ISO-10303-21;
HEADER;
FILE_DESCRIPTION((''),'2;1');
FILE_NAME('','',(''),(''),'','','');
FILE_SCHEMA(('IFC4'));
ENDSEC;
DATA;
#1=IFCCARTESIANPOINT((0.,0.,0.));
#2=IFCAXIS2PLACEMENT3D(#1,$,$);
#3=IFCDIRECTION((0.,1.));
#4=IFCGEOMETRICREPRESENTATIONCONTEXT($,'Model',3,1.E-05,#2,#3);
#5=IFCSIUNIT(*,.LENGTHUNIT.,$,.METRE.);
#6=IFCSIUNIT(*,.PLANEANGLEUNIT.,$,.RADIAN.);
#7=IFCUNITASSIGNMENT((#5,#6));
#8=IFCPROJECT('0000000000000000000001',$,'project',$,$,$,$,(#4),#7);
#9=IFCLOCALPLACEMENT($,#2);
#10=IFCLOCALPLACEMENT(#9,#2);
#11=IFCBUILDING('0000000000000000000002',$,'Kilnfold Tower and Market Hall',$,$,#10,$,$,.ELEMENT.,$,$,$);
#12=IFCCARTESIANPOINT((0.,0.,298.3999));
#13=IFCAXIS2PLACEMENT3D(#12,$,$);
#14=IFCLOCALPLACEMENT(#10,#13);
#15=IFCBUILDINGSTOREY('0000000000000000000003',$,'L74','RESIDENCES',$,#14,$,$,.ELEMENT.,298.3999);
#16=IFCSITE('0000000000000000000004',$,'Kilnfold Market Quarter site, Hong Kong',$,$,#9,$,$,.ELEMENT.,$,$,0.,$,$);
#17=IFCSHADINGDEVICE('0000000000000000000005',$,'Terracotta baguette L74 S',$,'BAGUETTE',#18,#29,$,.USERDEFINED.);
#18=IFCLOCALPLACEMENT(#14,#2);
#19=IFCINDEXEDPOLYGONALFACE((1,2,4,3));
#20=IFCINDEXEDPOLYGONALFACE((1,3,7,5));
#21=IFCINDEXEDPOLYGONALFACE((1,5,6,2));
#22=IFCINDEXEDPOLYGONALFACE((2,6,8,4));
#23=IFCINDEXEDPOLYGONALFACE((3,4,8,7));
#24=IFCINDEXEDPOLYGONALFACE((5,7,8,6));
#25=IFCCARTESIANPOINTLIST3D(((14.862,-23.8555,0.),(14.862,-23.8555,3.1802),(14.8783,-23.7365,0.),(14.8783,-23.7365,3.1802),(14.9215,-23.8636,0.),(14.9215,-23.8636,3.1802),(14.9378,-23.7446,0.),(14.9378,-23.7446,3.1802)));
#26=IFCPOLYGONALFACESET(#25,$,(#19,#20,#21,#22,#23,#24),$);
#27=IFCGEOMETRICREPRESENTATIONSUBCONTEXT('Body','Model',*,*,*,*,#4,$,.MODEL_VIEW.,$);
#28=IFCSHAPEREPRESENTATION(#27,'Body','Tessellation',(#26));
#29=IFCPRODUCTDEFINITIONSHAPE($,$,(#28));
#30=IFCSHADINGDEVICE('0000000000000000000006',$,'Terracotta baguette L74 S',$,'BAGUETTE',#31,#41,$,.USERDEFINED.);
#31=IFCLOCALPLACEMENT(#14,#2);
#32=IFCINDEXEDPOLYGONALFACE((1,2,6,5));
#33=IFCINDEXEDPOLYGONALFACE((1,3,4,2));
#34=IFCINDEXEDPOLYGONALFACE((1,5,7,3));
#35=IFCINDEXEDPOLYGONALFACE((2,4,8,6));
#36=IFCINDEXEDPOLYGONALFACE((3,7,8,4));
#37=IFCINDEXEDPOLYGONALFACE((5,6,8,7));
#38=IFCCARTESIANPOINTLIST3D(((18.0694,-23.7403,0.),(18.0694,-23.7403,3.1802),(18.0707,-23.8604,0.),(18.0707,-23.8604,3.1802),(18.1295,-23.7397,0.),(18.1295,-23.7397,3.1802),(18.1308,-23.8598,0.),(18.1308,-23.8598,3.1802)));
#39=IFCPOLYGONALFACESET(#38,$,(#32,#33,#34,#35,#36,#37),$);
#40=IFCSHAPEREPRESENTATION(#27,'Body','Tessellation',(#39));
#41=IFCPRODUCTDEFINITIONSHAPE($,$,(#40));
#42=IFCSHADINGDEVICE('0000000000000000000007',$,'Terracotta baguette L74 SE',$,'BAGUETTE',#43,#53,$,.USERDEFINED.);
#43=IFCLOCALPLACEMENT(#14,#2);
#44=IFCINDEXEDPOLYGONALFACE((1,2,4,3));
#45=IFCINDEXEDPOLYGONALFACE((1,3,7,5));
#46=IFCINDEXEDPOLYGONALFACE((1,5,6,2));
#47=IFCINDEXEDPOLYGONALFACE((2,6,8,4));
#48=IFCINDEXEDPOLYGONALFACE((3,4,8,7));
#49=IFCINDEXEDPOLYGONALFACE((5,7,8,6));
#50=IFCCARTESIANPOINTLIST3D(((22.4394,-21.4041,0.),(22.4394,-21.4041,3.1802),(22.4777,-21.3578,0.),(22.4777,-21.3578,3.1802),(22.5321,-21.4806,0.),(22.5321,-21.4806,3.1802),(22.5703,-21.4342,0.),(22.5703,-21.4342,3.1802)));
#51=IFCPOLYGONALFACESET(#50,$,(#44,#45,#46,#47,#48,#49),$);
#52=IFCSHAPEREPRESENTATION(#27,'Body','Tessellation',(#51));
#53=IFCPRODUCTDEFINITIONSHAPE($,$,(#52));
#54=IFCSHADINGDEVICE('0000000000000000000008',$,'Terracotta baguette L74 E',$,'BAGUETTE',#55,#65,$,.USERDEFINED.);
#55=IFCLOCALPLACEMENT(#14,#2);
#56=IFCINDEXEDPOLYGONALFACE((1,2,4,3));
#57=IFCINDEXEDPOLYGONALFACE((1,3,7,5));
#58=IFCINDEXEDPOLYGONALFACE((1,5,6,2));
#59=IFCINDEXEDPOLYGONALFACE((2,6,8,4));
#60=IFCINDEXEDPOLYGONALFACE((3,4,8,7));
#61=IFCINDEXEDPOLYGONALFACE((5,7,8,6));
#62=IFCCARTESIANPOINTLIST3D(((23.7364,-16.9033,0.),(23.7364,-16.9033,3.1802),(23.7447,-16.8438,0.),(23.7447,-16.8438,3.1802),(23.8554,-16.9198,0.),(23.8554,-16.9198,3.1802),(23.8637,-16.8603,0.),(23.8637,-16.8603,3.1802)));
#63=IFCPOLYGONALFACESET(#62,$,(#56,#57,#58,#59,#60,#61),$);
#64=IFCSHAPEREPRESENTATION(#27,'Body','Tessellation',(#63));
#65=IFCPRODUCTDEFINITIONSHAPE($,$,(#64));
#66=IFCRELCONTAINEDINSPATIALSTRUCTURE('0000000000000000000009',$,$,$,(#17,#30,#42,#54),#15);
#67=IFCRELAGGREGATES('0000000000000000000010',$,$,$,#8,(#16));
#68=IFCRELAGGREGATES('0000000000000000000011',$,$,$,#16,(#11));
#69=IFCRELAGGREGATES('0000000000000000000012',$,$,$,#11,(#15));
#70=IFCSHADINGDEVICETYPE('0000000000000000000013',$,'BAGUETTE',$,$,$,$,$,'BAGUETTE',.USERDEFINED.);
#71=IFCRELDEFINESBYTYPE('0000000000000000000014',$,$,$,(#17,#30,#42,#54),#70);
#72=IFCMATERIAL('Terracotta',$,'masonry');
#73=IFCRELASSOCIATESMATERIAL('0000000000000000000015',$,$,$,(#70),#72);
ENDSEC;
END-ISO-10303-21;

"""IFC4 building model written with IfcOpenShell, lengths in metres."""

from ifc_helpers import new_model, si_unit, direction, frame, origin, origin_2d, place, context, subcontext, project, spatial, rectangle, extrude, source, transform, mapped, material, material_profile, profile_set, type_object, element, save


model = new_model("IFC4")

# Units and contexts
model_context = context("Model", 3, precision=1e-05, world=origin(), true_north=direction((0.0, 1.0)))
body_context = subcontext(model_context, "Body", "Model", "MODEL_VIEW")
ifc_project = project(units=[si_unit("LENGTHUNIT", "METRE"), si_unit("PLANEANGLEUNIT", "RADIAN")], contexts=[model_context])

# Site, building, storey
site_placement = place(None, origin())
site = spatial("IfcSite", under=ifc_project, at=site_placement, Name="Kilnfold Market Quarter site, Hong Kong", CompositionType="ELEMENT", RefElevation=0.0)
building_placement = place(site_placement, origin())
building = spatial("IfcBuilding", under=site, at=building_placement, Name="Kilnfold Tower and Market Hall", CompositionType="ELEMENT")
storey_placement = place(building_placement, frame((0.0, 0.0, 298.3999)))
storey = spatial("IfcBuildingStorey", under=building, at=storey_placement, Name="L74", Description="RESIDENCES", CompositionType="ELEMENT", Elevation=298.3999)

# Shading devices
ifc_material_1 = material(Name="Terracotta", Category="masonry")
ifc_material_profile_1 = material_profile(ifc_material_1, rectangle(XDim=0.0601, YDim=0.1201, at=origin_2d()), Name="BAG 60x120")
ifc_profile_set_1 = profile_set([ifc_material_profile_1], Name="Terracotta")
shading_device_type = type_object("IfcShadingDeviceType", Name="BAGUETTE", ElementType="BAGUETTE", PredefinedType="USERDEFINED", material=ifc_profile_set_1)
shared_shape_1 = source(origin(), body_context, "Body", "SweptSolid", [
    extrude(rectangle(XDim=0.0601, YDim=0.1201, at=origin_2d()), origin(), (0.0, 0.0, 1.0), 3.1802),
])
for number, where, z_axis, x_axis, name in (
    (1, (14.8999, -23.8, 0.0), (0.0, 0.0, 1.0), (0.990698, -0.136082, 0.0), "Terracotta baguette L74 S"),
    (2, (18.1001, -23.8, 0.0), (0.0, 0.0, 1.0), (0.999942, 0.010767, 0.0), "Terracotta baguette L74 S"),
    (3, (22.5049, -21.4192, 0.0), (0.0, 0.0, 1.0), (0.636202, 0.771522, 0.0), "Terracotta baguette L74 SE"),
    (4, (23.8, -16.8818, 0.0), (0.0, 0.0, 1.0), (0.137372, 0.99052, 0.0), "Terracotta baguette L74 E"),
):
    element("IfcShadingDevice", number, at=place(storey_placement, frame(where, z_axis=z_axis, x_axis=x_axis)), inside=storey, type_object=shading_device_type, Name=name, ObjectType="BAGUETTE", PredefinedType="USERDEFINED", context=body_context, shape_type="MappedRepresentation", body=[
        mapped(shared_shape_1, transform((0.0, 0.0, 0.0))),
    ])

save(model, "model.ifc")
